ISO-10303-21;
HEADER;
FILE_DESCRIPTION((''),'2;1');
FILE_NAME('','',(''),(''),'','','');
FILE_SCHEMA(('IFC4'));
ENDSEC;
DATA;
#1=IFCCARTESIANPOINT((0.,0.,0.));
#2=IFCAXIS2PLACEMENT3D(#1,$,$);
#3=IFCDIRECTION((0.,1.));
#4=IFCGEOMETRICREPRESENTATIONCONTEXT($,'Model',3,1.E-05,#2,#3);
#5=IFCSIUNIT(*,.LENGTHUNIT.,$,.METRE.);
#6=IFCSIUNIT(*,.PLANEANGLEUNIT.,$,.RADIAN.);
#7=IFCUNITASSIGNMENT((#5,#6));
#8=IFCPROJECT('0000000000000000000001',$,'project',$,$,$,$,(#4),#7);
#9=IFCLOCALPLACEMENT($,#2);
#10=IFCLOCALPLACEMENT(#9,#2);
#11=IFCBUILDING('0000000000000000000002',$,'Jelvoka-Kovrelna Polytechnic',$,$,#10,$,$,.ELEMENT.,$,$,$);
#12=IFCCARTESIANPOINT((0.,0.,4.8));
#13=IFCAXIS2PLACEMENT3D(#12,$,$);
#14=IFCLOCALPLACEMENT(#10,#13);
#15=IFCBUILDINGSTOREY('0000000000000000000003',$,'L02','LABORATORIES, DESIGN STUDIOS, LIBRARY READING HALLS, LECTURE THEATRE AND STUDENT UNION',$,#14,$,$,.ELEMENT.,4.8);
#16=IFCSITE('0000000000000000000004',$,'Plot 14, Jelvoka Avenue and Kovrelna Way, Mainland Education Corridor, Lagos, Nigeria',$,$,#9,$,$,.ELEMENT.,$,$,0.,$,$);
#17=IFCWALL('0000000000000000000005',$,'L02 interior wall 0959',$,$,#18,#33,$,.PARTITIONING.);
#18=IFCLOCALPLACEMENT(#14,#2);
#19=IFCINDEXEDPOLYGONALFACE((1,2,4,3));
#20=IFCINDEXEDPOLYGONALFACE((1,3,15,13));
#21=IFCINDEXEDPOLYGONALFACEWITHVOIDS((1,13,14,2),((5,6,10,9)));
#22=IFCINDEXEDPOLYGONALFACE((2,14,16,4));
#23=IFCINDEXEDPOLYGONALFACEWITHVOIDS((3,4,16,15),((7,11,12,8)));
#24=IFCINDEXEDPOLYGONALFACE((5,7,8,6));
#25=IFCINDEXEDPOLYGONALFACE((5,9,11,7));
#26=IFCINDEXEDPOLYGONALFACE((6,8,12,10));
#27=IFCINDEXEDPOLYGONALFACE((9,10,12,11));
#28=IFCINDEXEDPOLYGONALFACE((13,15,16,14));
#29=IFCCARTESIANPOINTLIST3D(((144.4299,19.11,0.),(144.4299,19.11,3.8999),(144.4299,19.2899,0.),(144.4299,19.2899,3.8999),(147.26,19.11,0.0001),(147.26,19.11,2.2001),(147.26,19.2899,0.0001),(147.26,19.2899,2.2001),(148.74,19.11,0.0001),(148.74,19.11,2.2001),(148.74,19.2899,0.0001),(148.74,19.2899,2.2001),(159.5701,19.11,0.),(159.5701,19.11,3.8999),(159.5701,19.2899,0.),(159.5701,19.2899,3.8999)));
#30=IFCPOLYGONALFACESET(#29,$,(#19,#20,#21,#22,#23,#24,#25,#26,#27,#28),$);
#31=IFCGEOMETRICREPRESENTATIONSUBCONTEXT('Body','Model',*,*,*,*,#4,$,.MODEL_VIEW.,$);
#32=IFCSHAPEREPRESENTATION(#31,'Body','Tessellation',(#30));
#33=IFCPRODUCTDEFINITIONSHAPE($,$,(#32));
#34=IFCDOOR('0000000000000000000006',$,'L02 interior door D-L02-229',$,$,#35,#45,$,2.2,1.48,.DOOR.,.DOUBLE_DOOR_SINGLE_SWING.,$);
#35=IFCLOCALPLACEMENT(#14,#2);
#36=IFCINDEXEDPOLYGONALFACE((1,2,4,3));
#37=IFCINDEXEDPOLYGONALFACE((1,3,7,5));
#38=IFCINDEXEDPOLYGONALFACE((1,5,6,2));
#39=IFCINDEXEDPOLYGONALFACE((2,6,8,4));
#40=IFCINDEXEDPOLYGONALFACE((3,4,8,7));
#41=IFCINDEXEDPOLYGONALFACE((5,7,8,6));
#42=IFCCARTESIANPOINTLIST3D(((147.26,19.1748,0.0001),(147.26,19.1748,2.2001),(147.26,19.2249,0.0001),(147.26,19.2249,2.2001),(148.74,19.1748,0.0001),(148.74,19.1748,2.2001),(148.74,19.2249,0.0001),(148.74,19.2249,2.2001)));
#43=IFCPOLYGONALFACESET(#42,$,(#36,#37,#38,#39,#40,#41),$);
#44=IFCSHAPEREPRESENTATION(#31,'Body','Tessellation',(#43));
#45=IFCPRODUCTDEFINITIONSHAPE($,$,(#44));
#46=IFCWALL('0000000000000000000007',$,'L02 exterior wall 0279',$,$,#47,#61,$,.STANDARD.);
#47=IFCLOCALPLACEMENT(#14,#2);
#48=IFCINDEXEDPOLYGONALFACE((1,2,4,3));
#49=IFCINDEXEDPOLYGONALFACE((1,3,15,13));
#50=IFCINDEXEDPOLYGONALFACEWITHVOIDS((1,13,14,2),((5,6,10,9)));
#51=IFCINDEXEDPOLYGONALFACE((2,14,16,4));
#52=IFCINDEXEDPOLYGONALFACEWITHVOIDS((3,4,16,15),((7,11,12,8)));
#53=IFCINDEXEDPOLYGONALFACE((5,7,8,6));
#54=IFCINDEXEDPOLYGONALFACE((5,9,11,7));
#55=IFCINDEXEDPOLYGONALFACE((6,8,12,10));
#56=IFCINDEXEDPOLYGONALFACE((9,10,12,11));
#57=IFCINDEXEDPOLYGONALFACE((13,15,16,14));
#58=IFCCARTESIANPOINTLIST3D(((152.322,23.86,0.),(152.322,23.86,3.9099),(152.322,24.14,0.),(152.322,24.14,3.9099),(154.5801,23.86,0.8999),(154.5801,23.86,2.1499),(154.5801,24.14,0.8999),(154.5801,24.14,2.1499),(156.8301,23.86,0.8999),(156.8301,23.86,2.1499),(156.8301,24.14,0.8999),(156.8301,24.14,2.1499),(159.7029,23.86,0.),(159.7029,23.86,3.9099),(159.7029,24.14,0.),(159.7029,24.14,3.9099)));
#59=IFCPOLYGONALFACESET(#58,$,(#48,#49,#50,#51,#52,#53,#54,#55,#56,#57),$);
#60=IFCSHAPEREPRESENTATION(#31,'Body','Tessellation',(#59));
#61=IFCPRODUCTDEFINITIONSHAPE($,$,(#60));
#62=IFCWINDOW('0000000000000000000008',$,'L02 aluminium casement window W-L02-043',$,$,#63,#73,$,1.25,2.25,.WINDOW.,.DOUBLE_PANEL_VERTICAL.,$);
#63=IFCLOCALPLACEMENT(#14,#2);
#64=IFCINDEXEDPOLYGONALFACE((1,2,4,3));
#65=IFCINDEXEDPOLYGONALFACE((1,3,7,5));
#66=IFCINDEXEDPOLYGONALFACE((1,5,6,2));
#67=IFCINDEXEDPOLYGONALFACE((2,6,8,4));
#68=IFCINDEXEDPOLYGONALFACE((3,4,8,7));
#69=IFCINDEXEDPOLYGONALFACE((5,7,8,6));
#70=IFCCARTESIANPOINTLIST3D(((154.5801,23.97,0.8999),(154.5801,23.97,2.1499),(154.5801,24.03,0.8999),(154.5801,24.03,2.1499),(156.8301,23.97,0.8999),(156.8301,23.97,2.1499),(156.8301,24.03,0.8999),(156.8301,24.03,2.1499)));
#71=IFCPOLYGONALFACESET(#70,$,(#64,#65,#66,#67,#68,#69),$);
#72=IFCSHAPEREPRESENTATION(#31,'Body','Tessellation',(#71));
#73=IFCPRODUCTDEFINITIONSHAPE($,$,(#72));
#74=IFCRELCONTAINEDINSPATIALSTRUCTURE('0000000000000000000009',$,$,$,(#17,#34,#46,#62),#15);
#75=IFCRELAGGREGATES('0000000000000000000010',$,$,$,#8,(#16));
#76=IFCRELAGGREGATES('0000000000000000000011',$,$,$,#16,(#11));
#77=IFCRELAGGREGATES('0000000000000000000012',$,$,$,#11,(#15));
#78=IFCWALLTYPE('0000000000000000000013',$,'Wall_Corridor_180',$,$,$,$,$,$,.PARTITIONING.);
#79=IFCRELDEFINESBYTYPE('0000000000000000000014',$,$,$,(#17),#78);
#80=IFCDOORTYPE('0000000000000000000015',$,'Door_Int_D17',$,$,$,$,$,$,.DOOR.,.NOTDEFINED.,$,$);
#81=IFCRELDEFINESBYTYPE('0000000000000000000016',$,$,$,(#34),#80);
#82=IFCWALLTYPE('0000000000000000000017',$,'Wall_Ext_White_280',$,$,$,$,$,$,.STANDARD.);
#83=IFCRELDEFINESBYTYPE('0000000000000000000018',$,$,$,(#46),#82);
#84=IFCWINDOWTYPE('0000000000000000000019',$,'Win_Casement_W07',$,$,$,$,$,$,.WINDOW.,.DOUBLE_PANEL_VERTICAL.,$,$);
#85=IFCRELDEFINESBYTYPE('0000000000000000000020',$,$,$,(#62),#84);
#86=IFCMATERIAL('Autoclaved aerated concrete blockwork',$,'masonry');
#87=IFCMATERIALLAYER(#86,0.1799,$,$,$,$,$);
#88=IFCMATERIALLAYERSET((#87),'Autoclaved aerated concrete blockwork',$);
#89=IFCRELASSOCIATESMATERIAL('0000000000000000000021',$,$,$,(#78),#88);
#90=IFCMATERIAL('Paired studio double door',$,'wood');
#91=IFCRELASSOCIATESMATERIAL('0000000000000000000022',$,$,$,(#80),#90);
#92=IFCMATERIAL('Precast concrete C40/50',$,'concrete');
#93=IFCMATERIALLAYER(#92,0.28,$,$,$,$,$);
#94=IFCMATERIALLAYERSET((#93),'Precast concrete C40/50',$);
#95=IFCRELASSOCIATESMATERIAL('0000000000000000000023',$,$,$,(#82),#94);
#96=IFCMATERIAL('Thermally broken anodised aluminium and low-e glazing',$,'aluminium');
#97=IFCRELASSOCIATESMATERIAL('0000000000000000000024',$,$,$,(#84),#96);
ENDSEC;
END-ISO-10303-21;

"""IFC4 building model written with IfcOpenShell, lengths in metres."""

from ifc_helpers import new_model, si_unit, direction, frame, frame_2d, origin, place, context, subcontext, project, spatial, rectangle, extrude, material, layer, layer_set, type_object, element, fill, save


model = new_model("IFC4")

# Units and contexts
model_context = context("Model", 3, precision=1e-05, world=origin(), true_north=direction((0.0, 1.0)))
body_context = subcontext(model_context, "Body", "Model", "MODEL_VIEW")
ifc_project = project(units=[si_unit("LENGTHUNIT", "METRE"), si_unit("PLANEANGLEUNIT", "RADIAN")], contexts=[model_context])

# Site, building, storey
site_placement = place(None, origin())
site = spatial("IfcSite", under=ifc_project, at=site_placement, Name="Plot 14, Jelvoka Avenue and Kovrelna Way, Mainland Education Corridor, Lagos, Nigeria", CompositionType="ELEMENT", RefElevation=0.0)
building_placement = place(site_placement, origin())
building = spatial("IfcBuilding", under=site, at=building_placement, Name="Jelvoka-Kovrelna Polytechnic", CompositionType="ELEMENT")
storey_placement = place(building_placement, frame((0.0, 0.0, 4.8)))
storey = spatial("IfcBuildingStorey", under=building, at=storey_placement, Name="L02", Description="LABORATORIES, DESIGN STUDIOS, LIBRARY READING HALLS, LECTURE THEATRE AND STUDENT UNION", CompositionType="ELEMENT", Elevation=4.8)

# Wall, opening, door
ifc_material_1 = material(Name="Autoclaved aerated concrete blockwork", Category="masonry")
ifc_layer_1 = layer(ifc_material_1, 0.1799)
ifc_layer_set_1 = layer_set([ifc_layer_1], Name="Autoclaved aerated concrete blockwork")
wall_type_1 = type_object("IfcWallType", Name="Wall_Corridor_180", PredefinedType="PARTITIONING", material=ifc_layer_set_1)
wall_1_placement = place(storey_placement, frame((144.4299, 19.2, 0.0), z_axis=(0.0, 0.0, 1.0), x_axis=(1.0, 0.0, 0.0)))
wall_1 = element("IfcWall", 1, at=wall_1_placement, inside=storey, type_object=wall_type_1, Name="L02 interior wall 0959", PredefinedType="PARTITIONING", context=body_context, shape_type="SweptSolid", body=[
    extrude(rectangle(XDim=15.1401, YDim=0.1799, at=frame_2d((7.5701, 0.0))), origin(), (0.0, 0.0, 1.0), 3.8999),
])
opening_1_placement = place(wall_1_placement, frame((2.8301, 0.0, 0.0)))
opening_1 = element("IfcOpeningElement", 2, at=opening_1_placement, cuts=wall_1, PredefinedType="OPENING", context=body_context, shape_type="SweptSolid", body=[
    extrude(rectangle(XDim=1.48, YDim=2.2, at=frame_2d((0.74, 1.1001))), frame((0.0, 0.0999, 0.0), z_axis=(0.0, -1.0, 0.0), x_axis=(1.0, 0.0, 0.0)), (0.0, 0.0, 1.0), 0.2),
])
ifc_material_2 = material(Name="Paired studio double door", Category="wood")
door_type_1 = type_object("IfcDoorType", Name="Door_Int_D17", OperationType="NOTDEFINED", PredefinedType="DOOR", material=ifc_material_2)
door_1_placement = place(opening_1_placement, origin())
door_1 = element("IfcDoor", 3, at=door_1_placement, inside=storey, type_object=door_type_1, Name="L02 interior door D-L02-229", OperationType="DOUBLE_DOOR_SINGLE_SWING", OverallHeight=2.2, OverallWidth=1.48, PredefinedType="DOOR", context=body_context, shape_type="SweptSolid", body=[
    extrude(rectangle(XDim=1.48, YDim=2.2, at=frame_2d((0.74, 1.1001))), frame((0.0, 0.0249, 0.0), z_axis=(0.0, -1.0, 0.0), x_axis=(1.0, 0.0, 0.0)), (0.0, 0.0, 1.0), 0.05),
])
fill(opening_1, door_1)

# Wall, opening, window
ifc_material_3 = material(Name="Precast concrete C40/50", Category="concrete")
ifc_layer_2 = layer(ifc_material_3, 0.28)
ifc_layer_set_2 = layer_set([ifc_layer_2], Name="Precast concrete C40/50")
wall_type_2 = type_object("IfcWallType", Name="Wall_Ext_White_280", PredefinedType="STANDARD", material=ifc_layer_set_2)
wall_2_placement = place(storey_placement, frame((152.322, 24.0, 0.0), z_axis=(0.0, 0.0, 1.0), x_axis=(1.0, 0.0, 0.0)))
wall_2 = element("IfcWall", 4, at=wall_2_placement, inside=storey, type_object=wall_type_2, Name="L02 exterior wall 0279", PredefinedType="STANDARD", context=body_context, shape_type="SweptSolid", body=[
    extrude(rectangle(XDim=7.3809, YDim=0.28, at=frame_2d((3.6904, 0.0))), origin(), (0.0, 0.0, 1.0), 3.9099),
])
opening_2_placement = place(wall_2_placement, frame((2.2581, 0.0, 0.8999)))
opening_2 = element("IfcOpeningElement", 5, at=opening_2_placement, cuts=wall_2, PredefinedType="OPENING", context=body_context, shape_type="SweptSolid", body=[
    extrude(rectangle(XDim=2.25, YDim=1.25, at=frame_2d((1.125, 0.625))), frame((0.0, 0.1501, 0.0), z_axis=(0.0, -1.0, 0.0), x_axis=(1.0, 0.0, 0.0)), (0.0, 0.0, 1.0), 0.3),
])
ifc_material_4 = material(Name="Thermally broken anodised aluminium and low-e glazing", Category="aluminium")
window_type = type_object("IfcWindowType", Name="Win_Casement_W07", PartitioningType="DOUBLE_PANEL_VERTICAL", PredefinedType="WINDOW", material=ifc_material_4)
window_placement = place(opening_2_placement, origin())
window = element("IfcWindow", 6, at=window_placement, inside=storey, type_object=window_type, Name="L02 aluminium casement window W-L02-043", OverallHeight=1.25, OverallWidth=2.25, PartitioningType="DOUBLE_PANEL_VERTICAL", PredefinedType="WINDOW", context=body_context, shape_type="SweptSolid", body=[
    extrude(rectangle(XDim=2.25, YDim=1.25, at=frame_2d((1.125, 0.625))), frame((0.0, 0.03, 0.0), z_axis=(0.0, -1.0, 0.0), x_axis=(1.0, 0.0, 0.0)), (0.0, 0.0, 1.0), 0.0601),
])
fill(opening_2, window)

save(model, "model.ifc")
